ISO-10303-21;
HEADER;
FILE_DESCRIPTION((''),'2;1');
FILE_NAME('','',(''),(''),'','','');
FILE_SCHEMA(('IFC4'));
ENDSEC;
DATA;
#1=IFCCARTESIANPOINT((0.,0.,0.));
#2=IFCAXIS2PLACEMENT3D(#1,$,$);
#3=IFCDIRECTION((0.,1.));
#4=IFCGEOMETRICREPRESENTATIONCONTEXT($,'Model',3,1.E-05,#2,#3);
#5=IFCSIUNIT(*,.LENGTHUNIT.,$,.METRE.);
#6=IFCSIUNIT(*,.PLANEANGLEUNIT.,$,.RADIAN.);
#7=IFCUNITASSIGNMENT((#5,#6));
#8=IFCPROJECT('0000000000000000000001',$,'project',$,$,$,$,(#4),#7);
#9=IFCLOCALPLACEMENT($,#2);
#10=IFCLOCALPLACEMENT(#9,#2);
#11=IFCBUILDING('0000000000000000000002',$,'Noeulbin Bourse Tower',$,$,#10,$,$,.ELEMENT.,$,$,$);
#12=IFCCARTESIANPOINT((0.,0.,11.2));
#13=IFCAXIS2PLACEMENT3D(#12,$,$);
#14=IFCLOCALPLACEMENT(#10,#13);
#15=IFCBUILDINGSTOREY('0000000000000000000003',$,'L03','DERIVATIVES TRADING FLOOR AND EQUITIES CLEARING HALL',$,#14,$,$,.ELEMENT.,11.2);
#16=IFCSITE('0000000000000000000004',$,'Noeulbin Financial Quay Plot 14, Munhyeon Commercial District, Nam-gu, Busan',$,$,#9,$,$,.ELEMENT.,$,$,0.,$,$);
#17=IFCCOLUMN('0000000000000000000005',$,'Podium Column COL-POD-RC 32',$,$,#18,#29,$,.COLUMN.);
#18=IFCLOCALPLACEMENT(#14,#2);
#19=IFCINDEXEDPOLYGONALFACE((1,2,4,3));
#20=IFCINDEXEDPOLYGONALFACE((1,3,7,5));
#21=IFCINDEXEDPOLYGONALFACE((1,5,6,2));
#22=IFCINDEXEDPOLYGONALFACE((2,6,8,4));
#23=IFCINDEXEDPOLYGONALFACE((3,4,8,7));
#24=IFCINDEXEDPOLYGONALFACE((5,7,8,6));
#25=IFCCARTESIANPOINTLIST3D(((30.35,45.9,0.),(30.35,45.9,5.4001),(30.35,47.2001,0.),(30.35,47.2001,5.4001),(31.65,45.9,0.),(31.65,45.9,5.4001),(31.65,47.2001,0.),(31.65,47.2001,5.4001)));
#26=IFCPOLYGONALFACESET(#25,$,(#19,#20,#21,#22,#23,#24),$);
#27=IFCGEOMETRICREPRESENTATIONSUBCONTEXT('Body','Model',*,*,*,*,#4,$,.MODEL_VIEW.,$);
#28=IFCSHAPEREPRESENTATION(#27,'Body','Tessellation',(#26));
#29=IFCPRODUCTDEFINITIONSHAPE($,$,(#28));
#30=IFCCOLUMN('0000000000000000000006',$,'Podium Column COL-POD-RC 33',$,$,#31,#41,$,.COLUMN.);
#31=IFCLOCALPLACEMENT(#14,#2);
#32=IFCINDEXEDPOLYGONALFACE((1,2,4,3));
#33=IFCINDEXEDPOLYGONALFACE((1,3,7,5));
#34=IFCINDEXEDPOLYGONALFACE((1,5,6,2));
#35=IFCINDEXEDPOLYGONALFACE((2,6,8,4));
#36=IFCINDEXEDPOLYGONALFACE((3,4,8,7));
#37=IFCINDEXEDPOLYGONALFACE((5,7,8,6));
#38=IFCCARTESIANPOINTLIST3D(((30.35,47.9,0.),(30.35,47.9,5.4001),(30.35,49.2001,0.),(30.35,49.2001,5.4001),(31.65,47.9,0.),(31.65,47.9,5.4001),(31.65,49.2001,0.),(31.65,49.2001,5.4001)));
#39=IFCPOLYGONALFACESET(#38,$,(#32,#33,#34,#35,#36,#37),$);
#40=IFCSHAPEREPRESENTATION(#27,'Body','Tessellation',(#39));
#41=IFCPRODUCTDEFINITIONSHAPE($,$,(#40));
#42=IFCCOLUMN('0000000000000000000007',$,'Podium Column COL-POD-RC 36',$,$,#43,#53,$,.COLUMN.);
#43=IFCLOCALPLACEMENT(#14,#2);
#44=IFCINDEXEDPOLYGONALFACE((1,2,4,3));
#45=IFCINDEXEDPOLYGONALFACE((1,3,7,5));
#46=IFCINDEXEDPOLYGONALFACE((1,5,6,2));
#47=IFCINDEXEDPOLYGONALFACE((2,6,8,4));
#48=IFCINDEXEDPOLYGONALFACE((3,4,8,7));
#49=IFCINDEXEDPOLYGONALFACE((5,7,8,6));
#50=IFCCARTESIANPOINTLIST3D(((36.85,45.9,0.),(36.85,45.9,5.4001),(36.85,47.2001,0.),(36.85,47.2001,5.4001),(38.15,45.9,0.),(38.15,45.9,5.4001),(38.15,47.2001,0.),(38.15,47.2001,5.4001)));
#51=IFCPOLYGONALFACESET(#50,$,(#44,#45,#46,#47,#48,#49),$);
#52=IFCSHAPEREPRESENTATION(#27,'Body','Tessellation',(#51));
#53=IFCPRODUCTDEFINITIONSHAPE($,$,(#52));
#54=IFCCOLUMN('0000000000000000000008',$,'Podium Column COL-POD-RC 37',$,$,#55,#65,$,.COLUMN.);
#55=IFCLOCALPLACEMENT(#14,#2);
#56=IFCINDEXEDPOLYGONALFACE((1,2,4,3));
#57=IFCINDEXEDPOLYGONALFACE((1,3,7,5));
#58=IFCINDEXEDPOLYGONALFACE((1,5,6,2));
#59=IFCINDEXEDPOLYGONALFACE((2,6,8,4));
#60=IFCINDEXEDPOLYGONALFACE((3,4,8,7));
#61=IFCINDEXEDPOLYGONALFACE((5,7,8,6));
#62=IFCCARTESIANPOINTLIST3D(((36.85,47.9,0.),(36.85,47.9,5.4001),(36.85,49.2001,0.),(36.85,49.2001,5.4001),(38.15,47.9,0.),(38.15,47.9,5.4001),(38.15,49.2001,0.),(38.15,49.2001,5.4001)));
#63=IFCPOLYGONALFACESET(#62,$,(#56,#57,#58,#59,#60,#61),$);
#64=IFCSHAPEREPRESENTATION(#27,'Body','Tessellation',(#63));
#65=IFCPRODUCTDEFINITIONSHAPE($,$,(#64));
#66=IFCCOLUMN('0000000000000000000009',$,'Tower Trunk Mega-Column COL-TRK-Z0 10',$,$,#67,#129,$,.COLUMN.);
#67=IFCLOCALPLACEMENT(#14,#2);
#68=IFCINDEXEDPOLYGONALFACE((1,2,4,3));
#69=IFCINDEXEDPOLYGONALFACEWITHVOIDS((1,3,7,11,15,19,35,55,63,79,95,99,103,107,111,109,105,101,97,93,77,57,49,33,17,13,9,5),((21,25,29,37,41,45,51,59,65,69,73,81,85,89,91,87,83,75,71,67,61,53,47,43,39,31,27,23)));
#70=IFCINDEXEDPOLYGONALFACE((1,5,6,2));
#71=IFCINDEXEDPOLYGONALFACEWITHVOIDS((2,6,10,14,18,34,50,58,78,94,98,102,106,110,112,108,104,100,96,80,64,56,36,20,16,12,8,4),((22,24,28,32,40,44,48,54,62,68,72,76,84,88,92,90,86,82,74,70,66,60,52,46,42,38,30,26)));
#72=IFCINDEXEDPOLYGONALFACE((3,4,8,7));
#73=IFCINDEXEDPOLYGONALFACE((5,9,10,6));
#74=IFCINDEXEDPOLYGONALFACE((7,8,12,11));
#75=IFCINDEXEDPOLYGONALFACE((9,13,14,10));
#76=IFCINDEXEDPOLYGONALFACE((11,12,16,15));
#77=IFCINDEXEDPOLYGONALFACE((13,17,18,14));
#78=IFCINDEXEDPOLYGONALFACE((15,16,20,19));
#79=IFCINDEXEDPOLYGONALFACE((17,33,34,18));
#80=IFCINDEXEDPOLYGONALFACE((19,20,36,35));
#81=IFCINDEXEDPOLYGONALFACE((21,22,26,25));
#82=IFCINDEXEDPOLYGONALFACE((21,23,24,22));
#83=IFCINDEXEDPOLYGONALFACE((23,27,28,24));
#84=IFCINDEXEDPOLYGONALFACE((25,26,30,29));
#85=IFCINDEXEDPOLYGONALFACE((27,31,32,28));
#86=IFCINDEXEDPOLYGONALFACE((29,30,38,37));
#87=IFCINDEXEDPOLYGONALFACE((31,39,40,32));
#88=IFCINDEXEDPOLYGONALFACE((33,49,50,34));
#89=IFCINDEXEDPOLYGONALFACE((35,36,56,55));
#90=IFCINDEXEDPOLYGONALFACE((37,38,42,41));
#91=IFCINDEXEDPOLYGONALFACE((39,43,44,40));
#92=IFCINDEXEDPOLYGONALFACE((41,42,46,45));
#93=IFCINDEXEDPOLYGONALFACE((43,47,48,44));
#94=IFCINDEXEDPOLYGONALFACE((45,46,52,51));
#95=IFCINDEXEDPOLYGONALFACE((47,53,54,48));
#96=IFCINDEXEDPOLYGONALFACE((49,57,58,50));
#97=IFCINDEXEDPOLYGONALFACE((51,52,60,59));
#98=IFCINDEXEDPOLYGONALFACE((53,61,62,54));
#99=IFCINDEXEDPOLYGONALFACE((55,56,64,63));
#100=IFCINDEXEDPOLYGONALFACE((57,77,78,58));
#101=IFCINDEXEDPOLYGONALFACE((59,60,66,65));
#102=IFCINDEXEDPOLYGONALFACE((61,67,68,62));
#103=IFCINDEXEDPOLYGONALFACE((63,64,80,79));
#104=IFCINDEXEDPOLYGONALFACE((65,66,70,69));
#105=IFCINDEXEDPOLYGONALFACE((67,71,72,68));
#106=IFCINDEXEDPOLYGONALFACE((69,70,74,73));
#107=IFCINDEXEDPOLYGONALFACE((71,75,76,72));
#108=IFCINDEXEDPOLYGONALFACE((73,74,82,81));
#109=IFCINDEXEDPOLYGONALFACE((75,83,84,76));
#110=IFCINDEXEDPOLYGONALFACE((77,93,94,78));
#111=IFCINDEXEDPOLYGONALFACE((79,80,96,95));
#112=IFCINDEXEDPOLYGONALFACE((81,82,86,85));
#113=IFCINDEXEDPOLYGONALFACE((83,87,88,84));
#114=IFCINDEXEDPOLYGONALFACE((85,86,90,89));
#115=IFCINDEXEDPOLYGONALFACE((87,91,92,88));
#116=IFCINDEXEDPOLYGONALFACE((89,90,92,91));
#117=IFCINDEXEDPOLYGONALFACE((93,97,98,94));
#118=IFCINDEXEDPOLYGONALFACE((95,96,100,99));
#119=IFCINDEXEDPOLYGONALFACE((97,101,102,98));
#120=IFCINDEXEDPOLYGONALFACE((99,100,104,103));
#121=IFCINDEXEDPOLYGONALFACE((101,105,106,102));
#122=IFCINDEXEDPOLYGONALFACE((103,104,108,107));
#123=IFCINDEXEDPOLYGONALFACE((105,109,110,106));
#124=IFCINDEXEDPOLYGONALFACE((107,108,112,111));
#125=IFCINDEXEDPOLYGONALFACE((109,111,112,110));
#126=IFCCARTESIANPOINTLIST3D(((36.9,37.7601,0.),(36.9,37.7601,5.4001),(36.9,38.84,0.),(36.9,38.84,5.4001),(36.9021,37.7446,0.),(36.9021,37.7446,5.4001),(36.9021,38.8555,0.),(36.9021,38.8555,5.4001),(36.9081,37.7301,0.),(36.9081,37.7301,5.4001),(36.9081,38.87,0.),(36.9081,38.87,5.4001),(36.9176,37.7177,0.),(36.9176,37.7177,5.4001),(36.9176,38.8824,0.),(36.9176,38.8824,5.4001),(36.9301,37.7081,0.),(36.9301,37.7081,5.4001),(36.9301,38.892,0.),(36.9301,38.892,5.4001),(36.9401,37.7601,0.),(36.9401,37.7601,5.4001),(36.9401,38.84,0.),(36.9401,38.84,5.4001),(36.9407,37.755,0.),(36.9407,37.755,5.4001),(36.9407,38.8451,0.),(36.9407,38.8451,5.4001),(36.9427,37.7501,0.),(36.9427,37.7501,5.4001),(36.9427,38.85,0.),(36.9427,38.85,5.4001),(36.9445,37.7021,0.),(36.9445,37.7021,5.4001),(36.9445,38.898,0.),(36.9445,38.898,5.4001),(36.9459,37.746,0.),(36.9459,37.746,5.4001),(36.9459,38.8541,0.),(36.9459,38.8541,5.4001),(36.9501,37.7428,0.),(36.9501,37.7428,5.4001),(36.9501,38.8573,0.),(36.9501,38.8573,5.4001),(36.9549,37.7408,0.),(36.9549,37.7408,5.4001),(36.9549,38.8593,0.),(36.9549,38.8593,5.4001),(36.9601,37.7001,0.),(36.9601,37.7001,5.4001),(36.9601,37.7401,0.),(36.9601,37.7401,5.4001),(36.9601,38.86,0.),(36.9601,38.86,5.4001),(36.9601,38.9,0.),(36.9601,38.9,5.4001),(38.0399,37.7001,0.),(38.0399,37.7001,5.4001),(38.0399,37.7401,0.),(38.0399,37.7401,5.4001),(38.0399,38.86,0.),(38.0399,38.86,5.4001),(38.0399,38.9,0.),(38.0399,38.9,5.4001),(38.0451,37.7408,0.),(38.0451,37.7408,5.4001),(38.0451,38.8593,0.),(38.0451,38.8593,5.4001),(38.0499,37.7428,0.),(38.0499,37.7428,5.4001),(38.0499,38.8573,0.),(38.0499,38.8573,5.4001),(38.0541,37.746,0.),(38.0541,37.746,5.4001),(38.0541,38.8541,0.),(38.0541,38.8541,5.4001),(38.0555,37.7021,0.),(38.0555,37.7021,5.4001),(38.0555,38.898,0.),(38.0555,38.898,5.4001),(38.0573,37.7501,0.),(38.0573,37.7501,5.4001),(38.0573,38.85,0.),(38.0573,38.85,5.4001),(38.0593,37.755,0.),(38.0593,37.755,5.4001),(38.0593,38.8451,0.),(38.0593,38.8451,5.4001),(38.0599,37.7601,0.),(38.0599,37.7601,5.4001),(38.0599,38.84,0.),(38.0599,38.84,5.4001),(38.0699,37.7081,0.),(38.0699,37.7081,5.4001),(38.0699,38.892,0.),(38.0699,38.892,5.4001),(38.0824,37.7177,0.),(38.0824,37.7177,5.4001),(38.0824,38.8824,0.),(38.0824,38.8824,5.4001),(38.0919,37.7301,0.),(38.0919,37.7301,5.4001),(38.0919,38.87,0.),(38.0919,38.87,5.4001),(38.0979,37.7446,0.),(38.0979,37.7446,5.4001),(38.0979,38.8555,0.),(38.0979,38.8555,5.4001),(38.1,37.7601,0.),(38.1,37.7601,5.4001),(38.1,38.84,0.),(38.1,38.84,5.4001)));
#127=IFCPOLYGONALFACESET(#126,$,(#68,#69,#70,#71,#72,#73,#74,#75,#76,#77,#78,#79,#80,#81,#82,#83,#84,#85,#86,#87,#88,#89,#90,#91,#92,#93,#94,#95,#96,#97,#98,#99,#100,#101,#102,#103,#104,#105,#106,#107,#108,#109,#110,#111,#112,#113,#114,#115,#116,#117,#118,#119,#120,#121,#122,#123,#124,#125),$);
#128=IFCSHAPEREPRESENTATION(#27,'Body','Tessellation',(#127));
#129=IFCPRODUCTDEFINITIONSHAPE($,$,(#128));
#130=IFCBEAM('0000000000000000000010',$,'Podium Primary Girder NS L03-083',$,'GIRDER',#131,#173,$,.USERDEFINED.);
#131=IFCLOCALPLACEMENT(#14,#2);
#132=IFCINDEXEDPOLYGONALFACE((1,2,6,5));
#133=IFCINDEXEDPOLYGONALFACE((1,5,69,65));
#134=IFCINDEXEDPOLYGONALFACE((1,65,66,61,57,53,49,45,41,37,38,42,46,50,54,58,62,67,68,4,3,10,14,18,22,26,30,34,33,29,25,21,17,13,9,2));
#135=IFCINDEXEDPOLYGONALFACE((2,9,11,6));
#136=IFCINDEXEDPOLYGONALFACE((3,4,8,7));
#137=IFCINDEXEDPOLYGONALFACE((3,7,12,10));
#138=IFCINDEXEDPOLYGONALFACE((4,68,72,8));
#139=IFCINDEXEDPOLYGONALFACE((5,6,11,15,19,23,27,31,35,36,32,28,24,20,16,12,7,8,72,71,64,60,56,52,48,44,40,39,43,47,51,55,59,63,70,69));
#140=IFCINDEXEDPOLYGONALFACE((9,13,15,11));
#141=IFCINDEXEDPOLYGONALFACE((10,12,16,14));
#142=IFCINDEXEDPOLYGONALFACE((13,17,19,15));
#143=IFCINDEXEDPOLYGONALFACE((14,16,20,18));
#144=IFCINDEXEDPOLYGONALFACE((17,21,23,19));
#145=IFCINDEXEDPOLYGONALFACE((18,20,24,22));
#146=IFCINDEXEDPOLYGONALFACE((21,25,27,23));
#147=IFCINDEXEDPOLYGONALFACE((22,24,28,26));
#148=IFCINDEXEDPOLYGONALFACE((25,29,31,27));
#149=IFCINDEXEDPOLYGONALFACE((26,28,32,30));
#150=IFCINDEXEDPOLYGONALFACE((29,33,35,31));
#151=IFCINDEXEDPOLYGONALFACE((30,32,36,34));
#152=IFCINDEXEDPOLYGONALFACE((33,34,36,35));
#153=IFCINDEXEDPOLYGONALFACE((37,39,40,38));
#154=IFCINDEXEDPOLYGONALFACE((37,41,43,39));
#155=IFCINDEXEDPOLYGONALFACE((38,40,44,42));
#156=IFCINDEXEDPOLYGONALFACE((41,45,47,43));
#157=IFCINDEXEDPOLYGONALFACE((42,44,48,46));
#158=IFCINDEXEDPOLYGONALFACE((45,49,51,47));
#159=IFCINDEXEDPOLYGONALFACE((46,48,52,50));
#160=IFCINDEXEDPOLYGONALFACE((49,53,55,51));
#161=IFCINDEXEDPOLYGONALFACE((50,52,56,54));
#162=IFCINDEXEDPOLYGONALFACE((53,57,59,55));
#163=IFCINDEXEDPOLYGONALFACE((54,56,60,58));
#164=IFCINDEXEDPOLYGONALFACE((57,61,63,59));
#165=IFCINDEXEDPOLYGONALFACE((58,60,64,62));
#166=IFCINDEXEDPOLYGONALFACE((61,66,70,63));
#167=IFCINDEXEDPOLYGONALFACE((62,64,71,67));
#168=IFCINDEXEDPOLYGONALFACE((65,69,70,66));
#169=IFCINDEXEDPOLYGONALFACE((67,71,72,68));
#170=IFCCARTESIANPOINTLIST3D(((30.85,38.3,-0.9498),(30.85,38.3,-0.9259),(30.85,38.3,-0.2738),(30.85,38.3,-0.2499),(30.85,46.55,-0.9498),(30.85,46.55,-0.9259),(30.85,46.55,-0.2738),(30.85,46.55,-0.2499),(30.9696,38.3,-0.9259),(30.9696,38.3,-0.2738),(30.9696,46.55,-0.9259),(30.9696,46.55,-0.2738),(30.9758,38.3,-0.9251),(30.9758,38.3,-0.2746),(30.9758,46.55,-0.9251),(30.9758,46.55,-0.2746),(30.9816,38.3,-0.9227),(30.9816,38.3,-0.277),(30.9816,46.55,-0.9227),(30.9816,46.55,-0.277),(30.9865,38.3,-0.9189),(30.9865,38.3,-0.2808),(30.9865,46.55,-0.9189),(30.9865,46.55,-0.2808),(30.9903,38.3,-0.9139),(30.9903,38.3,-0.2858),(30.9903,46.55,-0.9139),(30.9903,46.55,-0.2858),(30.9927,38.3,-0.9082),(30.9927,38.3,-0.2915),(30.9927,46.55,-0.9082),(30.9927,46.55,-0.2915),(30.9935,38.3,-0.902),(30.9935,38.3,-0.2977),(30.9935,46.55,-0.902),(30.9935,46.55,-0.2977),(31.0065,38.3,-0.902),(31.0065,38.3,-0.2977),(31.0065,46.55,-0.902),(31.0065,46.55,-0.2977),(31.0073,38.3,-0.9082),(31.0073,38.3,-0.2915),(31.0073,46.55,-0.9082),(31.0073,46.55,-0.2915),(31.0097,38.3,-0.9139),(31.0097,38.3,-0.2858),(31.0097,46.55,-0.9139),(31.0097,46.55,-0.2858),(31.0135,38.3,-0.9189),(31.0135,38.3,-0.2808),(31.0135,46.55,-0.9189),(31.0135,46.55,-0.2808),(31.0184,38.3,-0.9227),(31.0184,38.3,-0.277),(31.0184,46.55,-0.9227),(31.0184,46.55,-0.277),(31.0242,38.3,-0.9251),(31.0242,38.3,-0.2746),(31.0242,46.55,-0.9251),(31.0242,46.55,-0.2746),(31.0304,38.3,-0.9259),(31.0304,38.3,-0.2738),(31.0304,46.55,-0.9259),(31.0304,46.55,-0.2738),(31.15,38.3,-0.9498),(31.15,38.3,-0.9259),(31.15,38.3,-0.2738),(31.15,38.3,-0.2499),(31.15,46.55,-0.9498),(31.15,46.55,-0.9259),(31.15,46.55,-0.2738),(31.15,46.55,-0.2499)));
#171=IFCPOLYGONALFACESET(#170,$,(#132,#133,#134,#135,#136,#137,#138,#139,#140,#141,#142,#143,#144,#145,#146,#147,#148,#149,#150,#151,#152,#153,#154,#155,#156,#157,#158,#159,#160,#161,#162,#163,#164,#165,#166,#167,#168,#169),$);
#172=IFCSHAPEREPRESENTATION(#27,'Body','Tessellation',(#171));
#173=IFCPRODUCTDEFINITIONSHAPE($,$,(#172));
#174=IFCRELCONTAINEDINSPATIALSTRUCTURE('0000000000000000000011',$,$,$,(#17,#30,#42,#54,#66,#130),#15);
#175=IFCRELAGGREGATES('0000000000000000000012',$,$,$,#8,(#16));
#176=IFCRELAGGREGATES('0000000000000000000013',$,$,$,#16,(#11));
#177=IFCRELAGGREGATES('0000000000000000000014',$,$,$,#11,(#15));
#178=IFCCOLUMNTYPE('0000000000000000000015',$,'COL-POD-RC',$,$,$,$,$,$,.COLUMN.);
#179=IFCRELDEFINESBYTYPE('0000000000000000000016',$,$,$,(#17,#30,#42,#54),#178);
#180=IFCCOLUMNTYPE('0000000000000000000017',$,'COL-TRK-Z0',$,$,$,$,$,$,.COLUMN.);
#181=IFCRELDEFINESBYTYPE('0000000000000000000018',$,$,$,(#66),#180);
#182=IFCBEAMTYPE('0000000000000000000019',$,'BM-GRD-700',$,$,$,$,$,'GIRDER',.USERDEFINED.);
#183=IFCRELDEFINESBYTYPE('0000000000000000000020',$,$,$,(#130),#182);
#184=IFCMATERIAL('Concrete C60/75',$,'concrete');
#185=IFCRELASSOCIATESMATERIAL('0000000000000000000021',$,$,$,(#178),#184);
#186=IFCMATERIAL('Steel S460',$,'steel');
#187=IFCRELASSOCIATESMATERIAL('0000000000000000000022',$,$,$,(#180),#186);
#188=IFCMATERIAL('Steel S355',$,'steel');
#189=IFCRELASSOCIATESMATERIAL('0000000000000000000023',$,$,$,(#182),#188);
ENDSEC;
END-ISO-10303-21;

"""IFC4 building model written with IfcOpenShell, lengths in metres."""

from ifc_helpers import new_model, si_unit, direction, frame, origin, origin_2d, place, context, subcontext, project, spatial, rectangle, hollow_rectangle, i_section, extrude, material, material_profile, profile_set, type_object, element, save


model = new_model("IFC4")

# Units and contexts
model_context = context("Model", 3, precision=1e-05, world=origin(), true_north=direction((0.0, 1.0)))
body_context = subcontext(model_context, "Body", "Model", "MODEL_VIEW")
ifc_project = project(units=[si_unit("LENGTHUNIT", "METRE"), si_unit("PLANEANGLEUNIT", "RADIAN")], contexts=[model_context])

# Site, building, storey
site_placement = place(None, origin())
site = spatial("IfcSite", under=ifc_project, at=site_placement, Name="Noeulbin Financial Quay Plot 14, Munhyeon Commercial District, Nam-gu, Busan", CompositionType="ELEMENT", RefElevation=0.0)
building_placement = place(site_placement, origin())
building = spatial("IfcBuilding", under=site, at=building_placement, Name="Noeulbin Bourse Tower", CompositionType="ELEMENT")
storey_placement = place(building_placement, frame((0.0, 0.0, 11.2)))
storey = spatial("IfcBuildingStorey", under=building, at=storey_placement, Name="L03", Description="DERIVATIVES TRADING FLOOR AND EQUITIES CLEARING HALL", CompositionType="ELEMENT", Elevation=11.2)

# Columns
ifc_material_1 = material(Name="Concrete C60/75", Category="concrete")
ifc_material_profile_1 = material_profile(ifc_material_1, rectangle(XDim=1.3, YDim=1.3, at=origin_2d()), Name="RC-COL-1300x1300", Category="LoadBearing")
ifc_profile_set_1 = profile_set([ifc_material_profile_1], Name="Concrete C60/75")
column_type_1 = type_object("IfcColumnType", Name="COL-POD-RC", PredefinedType="COLUMN", material=ifc_profile_set_1)
for number, where, z_axis, x_axis, name in (
    (1, (31.0, 46.55, 0.0), (0.0, 0.0, 1.0), (1.0, 0.0, 0.0), "Podium Column COL-POD-RC 32"),
    (2, (31.0, 48.55, 0.0), (0.0, 0.0, 1.0), (1.0, 0.0, 0.0), "Podium Column COL-POD-RC 33"),
    (3, (37.5, 46.55, 0.0), (0.0, 0.0, 1.0), (1.0, 0.0, 0.0), "Podium Column COL-POD-RC 36"),
    (4, (37.5, 48.55, 0.0), (0.0, 0.0, 1.0), (1.0, 0.0, 0.0), "Podium Column COL-POD-RC 37"),
):
    element("IfcColumn", number, at=place(storey_placement, frame(where, z_axis=z_axis, x_axis=x_axis)), inside=storey, type_object=column_type_1, Name=name, PredefinedType="COLUMN", context=body_context, shape_type="SweptSolid", body=[
        extrude(rectangle(XDim=1.3, YDim=1.3, at=origin_2d()), origin(), (0.0, 0.0, 1.0), 5.4001),
    ])
ifc_material_2 = material(Name="Steel S460", Category="steel")
ifc_material_profile_2 = material_profile(ifc_material_2, hollow_rectangle(XDim=1.2, YDim=1.2, WallThickness=0.04, InnerFilletRadius=0.02, OuterFilletRadius=0.0601, at=origin_2d()), Name="BOX-1200x1200x40", Category="LoadBearing")
ifc_profile_set_2 = profile_set([ifc_material_profile_2], Name="Steel S460")
column_type_2 = type_object("IfcColumnType", Name="COL-TRK-Z0", PredefinedType="COLUMN", material=ifc_profile_set_2)
column_placement = place(storey_placement, frame((37.5, 38.3, 0.0), z_axis=(0.0, 0.0, 1.0), x_axis=(1.0, 0.0, 0.0)))
element("IfcColumn", 5, at=column_placement, inside=storey, type_object=column_type_2, Name="Tower Trunk Mega-Column COL-TRK-Z0 10", PredefinedType="COLUMN", context=body_context, shape_type="SweptSolid", body=[
    extrude(hollow_rectangle(XDim=1.2, YDim=1.2, WallThickness=0.04, InnerFilletRadius=0.02, OuterFilletRadius=0.0601, at=origin_2d()), origin(), (0.0, 0.0, 1.0), 5.4001),
])

# Beam
ifc_material_3 = material(Name="Steel S355", Category="steel")
ifc_material_profile_3 = material_profile(ifc_material_3, i_section(OverallWidth=0.3, OverallDepth=0.7, WebThickness=0.0129, FlangeThickness=0.0239, FilletRadius=0.0239, at=origin_2d()), Name="H-700x300x13x24", Category="LoadBearing")
ifc_profile_set_3 = profile_set([ifc_material_profile_3], Name="Steel S355")
beam_type_1 = type_object("IfcBeamType", Name="BM-GRD-700", ElementType="GIRDER", PredefinedType="USERDEFINED", material=ifc_profile_set_3)
beam_1_placement = place(storey_placement, frame((31.0, 38.3, -0.5999), z_axis=(0.0, 1.0, 0.0), x_axis=(-1.0, 0.0, 0.0)))
element("IfcBeam", 6, at=beam_1_placement, inside=storey, type_object=beam_type_1, Name="Podium Primary Girder NS L03-083", ObjectType="GIRDER", PredefinedType="USERDEFINED", context=body_context, shape_type="SweptSolid", body=[
    extrude(i_section(OverallWidth=0.3, OverallDepth=0.7, WebThickness=0.0129, FlangeThickness=0.0239, FilletRadius=0.0239, at=origin_2d()), origin(), (0.0, 0.0, 1.0), 8.25),
])

save(model, "model.ifc")
